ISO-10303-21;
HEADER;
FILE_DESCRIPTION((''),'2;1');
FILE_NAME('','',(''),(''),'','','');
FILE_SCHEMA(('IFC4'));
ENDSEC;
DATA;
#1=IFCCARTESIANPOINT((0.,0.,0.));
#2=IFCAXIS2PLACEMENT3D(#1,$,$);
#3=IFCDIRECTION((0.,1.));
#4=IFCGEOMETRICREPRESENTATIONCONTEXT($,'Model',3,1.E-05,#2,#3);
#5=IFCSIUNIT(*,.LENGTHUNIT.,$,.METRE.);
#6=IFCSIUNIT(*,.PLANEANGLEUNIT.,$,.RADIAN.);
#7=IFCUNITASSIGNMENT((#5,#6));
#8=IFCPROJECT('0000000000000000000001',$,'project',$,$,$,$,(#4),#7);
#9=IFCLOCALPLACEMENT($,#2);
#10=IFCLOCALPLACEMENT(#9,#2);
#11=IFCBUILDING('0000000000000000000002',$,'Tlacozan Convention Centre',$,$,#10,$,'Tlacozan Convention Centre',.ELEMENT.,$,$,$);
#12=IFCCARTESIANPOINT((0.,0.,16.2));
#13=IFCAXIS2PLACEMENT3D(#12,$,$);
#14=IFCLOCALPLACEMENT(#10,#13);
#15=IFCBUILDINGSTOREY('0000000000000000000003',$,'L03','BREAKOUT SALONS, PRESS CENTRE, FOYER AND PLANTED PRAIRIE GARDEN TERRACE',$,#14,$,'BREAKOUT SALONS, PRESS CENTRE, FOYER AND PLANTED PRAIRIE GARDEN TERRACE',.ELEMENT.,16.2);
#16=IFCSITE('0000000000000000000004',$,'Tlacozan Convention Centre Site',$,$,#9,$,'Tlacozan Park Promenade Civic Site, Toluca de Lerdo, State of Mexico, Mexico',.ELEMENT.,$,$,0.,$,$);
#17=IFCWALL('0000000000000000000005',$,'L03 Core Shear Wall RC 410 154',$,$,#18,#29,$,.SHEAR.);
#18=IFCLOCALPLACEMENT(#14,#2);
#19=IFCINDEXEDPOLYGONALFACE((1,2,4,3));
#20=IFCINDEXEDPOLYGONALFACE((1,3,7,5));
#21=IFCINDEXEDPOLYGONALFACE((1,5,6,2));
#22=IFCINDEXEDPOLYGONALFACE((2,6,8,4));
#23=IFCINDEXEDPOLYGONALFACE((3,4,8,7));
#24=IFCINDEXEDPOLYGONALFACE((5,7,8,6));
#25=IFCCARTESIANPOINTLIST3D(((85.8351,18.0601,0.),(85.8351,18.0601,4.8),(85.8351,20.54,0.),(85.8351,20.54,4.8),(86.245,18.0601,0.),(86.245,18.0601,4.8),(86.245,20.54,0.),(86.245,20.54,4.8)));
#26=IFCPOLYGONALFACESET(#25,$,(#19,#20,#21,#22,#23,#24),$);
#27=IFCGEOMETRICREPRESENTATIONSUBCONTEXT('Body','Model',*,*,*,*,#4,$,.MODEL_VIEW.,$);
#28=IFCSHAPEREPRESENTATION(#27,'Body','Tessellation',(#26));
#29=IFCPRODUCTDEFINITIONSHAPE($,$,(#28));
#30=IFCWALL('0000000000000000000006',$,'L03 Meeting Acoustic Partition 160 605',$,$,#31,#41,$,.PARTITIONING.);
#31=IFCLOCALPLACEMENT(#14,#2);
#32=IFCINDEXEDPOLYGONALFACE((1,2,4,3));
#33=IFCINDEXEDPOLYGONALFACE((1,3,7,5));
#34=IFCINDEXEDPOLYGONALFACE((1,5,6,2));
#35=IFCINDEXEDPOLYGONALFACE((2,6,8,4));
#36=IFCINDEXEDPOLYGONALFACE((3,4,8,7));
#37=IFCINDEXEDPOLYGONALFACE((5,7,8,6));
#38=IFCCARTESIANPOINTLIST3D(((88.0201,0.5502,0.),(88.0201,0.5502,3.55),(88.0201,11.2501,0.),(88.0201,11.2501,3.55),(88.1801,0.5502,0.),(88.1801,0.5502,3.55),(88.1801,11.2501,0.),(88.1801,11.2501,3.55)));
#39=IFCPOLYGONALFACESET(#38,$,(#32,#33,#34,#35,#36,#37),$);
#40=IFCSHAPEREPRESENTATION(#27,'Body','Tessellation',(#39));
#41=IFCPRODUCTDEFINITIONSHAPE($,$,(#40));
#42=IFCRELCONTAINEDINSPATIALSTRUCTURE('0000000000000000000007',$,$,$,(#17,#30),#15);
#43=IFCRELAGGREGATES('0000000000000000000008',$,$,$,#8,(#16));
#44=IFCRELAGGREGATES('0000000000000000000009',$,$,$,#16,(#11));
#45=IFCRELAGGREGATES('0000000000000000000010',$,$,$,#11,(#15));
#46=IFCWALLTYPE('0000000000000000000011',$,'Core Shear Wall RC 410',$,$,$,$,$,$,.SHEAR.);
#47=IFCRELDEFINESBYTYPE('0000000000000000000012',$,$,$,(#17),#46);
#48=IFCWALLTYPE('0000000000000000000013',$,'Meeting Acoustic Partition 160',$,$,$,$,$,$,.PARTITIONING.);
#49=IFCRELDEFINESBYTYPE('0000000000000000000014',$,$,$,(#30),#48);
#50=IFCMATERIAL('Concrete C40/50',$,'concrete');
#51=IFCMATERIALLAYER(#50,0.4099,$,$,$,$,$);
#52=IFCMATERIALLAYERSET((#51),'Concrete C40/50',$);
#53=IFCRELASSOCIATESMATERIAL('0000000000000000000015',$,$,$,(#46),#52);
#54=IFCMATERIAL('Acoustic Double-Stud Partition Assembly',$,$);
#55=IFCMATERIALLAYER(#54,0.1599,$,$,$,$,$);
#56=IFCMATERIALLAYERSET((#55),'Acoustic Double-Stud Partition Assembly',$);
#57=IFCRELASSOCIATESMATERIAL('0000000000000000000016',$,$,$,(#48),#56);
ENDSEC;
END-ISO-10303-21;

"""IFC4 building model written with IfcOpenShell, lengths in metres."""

from ifc_helpers import new_model, si_unit, direction, frame, frame_2d, origin, place, context, subcontext, project, spatial, rectangle, extrude, material, layer, layer_set, type_object, element, save


model = new_model("IFC4")

# Units and contexts
model_context = context("Model", 3, precision=1e-05, world=origin(), true_north=direction((0.0, 1.0)))
body_context = subcontext(model_context, "Body", "Model", "MODEL_VIEW")
ifc_project = project(units=[si_unit("LENGTHUNIT", "METRE"), si_unit("PLANEANGLEUNIT", "RADIAN")], contexts=[model_context])

# Site, building, storey
site_placement = place(None, origin())
site = spatial("IfcSite", under=ifc_project, at=site_placement, Name="Tlacozan Convention Centre Site", LongName="Tlacozan Park Promenade Civic Site, Toluca de Lerdo, State of Mexico, Mexico", CompositionType="ELEMENT", RefElevation=0.0)
building_placement = place(site_placement, origin())
building = spatial("IfcBuilding", under=site, at=building_placement, Name="Tlacozan Convention Centre", LongName="Tlacozan Convention Centre", CompositionType="ELEMENT")
storey_placement = place(building_placement, frame((0.0, 0.0, 16.2)))
storey = spatial("IfcBuildingStorey", under=building, at=storey_placement, Name="L03", Description="BREAKOUT SALONS, PRESS CENTRE, FOYER AND PLANTED PRAIRIE GARDEN TERRACE", LongName="BREAKOUT SALONS, PRESS CENTRE, FOYER AND PLANTED PRAIRIE GARDEN TERRACE", CompositionType="ELEMENT", Elevation=16.2)

# Shared definitions
ifc_material_1 = material(Name="Concrete C40/50", Category="concrete")

# Walls
ifc_layer_1 = layer(ifc_material_1, 0.4099)
ifc_layer_set_1 = layer_set([ifc_layer_1], Name="Concrete C40/50")
wall_type_1 = type_object("IfcWallType", Name="Core Shear Wall RC 410", PredefinedType="SHEAR", material=ifc_layer_set_1)
wall_1_placement = place(storey_placement, frame((86.04, 18.0601, 0.0), z_axis=(0.0, 0.0, 1.0), x_axis=(0.0, 1.0, 0.0)))
element("IfcWall", 1, at=wall_1_placement, inside=storey, type_object=wall_type_1, Name="L03 Core Shear Wall RC 410 154", PredefinedType="SHEAR", context=body_context, shape_type="SweptSolid", body=[
    extrude(rectangle(XDim=2.48, YDim=0.4099, at=frame_2d((1.24, 0.0))), origin(), (0.0, 0.0, 1.0), 4.8),
])
ifc_material_2 = material(Name="Acoustic Double-Stud Partition Assembly")
ifc_layer_2 = layer(ifc_material_2, 0.1599)
ifc_layer_set_2 = layer_set([ifc_layer_2], Name="Acoustic Double-Stud Partition Assembly")
wall_type_2 = type_object("IfcWallType", Name="Meeting Acoustic Partition 160", PredefinedType="PARTITIONING", material=ifc_layer_set_2)
wall_2_placement = place(storey_placement, frame((88.1001, 0.55, 0.0), z_axis=(0.0, 0.0, 1.0), x_axis=(0.0, 1.0, 0.0)))
element("IfcWall", 2, at=wall_2_placement, inside=storey, type_object=wall_type_2, Name="L03 Meeting Acoustic Partition 160 605", PredefinedType="PARTITIONING", context=body_context, shape_type="SweptSolid", body=[
    extrude(rectangle(XDim=10.7, YDim=0.1599, at=frame_2d((5.3501, 0.0))), origin(), (0.0, 0.0, 1.0), 3.55),
])

save(model, "model.ifc")
